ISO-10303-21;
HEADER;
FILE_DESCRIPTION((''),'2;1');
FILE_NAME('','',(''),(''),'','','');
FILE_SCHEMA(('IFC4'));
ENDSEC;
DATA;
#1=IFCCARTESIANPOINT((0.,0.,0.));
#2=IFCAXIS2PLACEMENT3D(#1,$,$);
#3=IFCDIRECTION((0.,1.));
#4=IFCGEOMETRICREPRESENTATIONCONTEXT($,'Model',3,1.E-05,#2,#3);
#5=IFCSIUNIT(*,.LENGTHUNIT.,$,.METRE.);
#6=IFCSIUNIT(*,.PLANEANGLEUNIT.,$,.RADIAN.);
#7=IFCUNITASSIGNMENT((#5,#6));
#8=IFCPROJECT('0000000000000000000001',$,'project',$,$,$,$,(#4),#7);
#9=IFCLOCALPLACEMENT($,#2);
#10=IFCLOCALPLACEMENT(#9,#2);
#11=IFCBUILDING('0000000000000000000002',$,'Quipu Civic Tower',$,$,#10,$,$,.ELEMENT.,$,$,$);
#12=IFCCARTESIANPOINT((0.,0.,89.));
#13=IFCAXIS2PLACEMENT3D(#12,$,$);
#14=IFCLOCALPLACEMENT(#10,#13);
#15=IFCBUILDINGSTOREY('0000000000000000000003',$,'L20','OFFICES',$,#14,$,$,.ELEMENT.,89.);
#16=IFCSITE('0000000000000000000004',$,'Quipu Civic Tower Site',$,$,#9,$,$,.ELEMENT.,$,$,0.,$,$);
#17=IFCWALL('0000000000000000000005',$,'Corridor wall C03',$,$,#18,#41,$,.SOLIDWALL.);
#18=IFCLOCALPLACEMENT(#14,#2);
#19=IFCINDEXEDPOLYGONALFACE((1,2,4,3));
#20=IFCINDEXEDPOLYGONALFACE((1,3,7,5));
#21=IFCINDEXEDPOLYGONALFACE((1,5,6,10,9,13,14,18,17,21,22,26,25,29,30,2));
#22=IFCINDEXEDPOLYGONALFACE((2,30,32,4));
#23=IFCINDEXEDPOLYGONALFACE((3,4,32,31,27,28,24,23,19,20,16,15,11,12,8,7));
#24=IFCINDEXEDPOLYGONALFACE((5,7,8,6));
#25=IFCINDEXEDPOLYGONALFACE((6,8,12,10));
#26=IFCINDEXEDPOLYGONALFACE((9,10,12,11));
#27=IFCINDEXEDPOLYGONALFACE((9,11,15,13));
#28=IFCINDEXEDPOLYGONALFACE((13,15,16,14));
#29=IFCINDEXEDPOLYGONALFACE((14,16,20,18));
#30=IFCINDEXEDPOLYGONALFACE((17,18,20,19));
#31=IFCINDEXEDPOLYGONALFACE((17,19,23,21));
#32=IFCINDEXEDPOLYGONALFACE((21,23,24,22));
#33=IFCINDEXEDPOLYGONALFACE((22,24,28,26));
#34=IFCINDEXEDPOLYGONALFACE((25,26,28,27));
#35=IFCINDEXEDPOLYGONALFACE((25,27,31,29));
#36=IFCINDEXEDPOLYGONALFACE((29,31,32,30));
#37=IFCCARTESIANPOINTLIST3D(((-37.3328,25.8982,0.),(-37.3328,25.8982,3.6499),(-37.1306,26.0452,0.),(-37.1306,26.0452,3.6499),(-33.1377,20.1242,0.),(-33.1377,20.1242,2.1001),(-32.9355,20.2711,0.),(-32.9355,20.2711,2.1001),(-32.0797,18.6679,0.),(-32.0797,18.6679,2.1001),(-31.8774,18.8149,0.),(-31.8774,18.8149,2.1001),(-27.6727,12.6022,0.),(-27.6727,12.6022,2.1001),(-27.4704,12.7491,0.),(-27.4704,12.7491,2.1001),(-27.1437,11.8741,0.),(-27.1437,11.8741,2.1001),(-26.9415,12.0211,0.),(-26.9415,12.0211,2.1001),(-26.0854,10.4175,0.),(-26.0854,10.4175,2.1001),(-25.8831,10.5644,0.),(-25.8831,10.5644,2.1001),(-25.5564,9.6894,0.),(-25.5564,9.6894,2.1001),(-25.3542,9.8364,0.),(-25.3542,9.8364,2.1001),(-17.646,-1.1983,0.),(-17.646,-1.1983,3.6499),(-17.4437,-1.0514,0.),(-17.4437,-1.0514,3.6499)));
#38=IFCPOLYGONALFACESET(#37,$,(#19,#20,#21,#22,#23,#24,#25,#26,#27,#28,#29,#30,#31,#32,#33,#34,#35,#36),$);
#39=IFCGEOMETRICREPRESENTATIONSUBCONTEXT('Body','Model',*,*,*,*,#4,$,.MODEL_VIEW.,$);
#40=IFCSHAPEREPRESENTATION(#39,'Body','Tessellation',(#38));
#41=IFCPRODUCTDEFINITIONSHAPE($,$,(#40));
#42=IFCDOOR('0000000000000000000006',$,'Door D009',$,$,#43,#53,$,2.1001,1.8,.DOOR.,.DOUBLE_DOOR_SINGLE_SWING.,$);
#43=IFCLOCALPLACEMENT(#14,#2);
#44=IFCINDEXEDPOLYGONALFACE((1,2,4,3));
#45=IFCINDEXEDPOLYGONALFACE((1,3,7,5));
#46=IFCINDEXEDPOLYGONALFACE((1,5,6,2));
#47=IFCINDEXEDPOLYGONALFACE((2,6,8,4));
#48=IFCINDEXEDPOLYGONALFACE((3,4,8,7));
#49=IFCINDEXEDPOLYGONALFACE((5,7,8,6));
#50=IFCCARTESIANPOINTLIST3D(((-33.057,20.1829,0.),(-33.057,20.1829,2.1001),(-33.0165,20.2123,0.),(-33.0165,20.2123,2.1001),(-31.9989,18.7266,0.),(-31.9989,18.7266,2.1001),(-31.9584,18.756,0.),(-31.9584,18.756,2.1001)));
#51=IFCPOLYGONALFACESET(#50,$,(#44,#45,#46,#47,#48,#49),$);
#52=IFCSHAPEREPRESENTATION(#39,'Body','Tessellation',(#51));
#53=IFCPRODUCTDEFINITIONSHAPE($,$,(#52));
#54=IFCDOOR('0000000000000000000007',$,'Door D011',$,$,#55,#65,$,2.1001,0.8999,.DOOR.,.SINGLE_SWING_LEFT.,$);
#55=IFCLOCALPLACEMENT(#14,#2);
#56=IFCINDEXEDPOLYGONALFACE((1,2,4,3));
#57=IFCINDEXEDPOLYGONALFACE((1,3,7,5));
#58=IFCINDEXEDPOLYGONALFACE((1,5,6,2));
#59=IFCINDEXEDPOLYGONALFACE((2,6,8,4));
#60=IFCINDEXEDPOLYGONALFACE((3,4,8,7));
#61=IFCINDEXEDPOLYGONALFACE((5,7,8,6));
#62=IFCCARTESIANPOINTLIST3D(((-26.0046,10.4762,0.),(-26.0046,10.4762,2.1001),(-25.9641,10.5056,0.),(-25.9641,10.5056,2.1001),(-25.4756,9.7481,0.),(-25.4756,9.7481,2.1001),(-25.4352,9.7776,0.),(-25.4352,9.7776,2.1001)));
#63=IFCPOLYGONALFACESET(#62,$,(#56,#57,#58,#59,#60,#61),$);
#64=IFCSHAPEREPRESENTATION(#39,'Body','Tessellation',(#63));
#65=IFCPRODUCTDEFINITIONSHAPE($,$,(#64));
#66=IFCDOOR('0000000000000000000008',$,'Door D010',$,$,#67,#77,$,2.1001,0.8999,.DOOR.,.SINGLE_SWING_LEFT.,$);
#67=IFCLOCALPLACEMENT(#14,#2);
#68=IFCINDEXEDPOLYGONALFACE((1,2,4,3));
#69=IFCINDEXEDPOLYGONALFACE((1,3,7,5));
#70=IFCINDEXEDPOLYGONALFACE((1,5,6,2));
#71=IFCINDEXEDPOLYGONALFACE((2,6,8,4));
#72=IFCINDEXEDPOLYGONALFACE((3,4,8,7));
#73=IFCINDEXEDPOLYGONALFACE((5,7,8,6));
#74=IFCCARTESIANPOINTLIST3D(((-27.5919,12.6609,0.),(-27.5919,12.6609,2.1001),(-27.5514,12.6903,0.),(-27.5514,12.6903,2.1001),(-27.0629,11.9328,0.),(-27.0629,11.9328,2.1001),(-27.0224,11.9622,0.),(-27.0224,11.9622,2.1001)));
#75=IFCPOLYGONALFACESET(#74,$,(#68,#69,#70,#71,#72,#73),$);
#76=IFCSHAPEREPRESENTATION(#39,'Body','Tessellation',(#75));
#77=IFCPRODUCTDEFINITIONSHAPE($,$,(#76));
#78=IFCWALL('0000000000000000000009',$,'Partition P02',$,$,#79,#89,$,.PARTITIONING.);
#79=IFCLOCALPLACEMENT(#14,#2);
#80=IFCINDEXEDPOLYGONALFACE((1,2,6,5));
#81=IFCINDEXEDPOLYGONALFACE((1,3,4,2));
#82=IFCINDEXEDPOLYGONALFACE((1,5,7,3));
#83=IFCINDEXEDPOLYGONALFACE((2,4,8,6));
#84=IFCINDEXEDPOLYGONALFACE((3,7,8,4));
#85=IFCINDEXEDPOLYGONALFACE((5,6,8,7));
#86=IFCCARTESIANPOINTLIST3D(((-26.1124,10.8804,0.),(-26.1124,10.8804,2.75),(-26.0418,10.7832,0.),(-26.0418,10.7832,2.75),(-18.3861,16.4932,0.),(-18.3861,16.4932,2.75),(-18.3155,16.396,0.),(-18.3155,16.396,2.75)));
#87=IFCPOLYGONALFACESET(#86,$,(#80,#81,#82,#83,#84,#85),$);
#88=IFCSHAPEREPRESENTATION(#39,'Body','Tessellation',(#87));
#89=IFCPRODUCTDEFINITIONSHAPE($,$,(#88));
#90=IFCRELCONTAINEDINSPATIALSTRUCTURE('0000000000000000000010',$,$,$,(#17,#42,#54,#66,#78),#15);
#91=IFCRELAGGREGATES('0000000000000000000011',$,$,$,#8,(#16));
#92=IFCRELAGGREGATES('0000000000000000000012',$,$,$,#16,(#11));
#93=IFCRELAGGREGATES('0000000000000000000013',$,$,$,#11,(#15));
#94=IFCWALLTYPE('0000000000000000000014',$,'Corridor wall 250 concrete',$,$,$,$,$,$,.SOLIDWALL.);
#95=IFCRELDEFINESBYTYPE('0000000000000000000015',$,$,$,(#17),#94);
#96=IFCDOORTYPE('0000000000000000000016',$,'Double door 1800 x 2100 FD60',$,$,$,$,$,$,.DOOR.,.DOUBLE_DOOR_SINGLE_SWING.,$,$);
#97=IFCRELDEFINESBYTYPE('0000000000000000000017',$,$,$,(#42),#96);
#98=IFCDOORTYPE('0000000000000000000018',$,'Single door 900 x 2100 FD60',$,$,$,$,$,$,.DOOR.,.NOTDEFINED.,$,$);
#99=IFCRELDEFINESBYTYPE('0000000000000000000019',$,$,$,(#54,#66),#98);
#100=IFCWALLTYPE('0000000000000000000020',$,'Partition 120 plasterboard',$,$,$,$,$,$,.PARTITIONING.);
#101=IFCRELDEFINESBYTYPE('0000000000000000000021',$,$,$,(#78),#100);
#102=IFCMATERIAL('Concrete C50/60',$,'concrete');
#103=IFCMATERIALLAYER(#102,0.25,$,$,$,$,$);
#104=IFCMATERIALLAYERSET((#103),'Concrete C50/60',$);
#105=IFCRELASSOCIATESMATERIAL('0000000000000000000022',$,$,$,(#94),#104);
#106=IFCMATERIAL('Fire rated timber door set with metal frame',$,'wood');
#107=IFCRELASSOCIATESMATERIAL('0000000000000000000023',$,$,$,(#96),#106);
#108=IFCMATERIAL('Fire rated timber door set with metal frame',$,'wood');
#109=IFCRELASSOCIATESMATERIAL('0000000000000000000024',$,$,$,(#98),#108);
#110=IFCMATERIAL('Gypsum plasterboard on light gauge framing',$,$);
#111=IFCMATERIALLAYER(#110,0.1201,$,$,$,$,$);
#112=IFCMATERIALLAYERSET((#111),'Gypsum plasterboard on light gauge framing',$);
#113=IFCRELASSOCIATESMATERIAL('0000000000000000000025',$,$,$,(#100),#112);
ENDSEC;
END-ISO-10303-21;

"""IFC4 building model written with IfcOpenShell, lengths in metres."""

from ifc_helpers import new_model, si_unit, direction, frame, frame_2d, origin, place, context, subcontext, project, spatial, rectangle, extrude, material, layer, layer_set, type_object, element, fill, save


model = new_model("IFC4")

# Units and contexts
model_context = context("Model", 3, precision=1e-05, world=origin(), true_north=direction((0.0, 1.0)))
body_context = subcontext(model_context, "Body", "Model", "MODEL_VIEW")
ifc_project = project(units=[si_unit("LENGTHUNIT", "METRE"), si_unit("PLANEANGLEUNIT", "RADIAN")], contexts=[model_context])

# Site, building, storey
site_placement = place(None, origin())
site = spatial("IfcSite", under=ifc_project, at=site_placement, Name="Quipu Civic Tower Site", CompositionType="ELEMENT", RefElevation=0.0)
building_placement = place(site_placement, origin())
building = spatial("IfcBuilding", under=site, at=building_placement, Name="Quipu Civic Tower", CompositionType="ELEMENT")
storey_placement = place(building_placement, frame((0.0, 0.0, 89.0)))
storey = spatial("IfcBuildingStorey", under=building, at=storey_placement, Name="L20", Description="OFFICES", CompositionType="ELEMENT", Elevation=89.0)

# Wall, openings, doors
ifc_material_1 = material(Name="Concrete C50/60", Category="concrete")
ifc_layer_1 = layer(ifc_material_1, 0.25)
ifc_layer_set_1 = layer_set([ifc_layer_1], Name="Concrete C50/60")
wall_type_1 = type_object("IfcWallType", Name="Corridor wall 250 concrete", PredefinedType="SOLIDWALL", material=ifc_layer_set_1)
wall_1_placement = place(storey_placement, frame((-37.2317, 25.9717, 0.0), z_axis=(0.0, 0.0, 1.0), x_axis=(0.587786, -0.809016, 0.0)))
wall_1 = element("IfcWall", 1, at=wall_1_placement, inside=storey, type_object=wall_type_1, Name="Corridor wall C03", PredefinedType="SOLIDWALL", context=body_context, shape_type="SweptSolid", body=[
    extrude(rectangle(XDim=33.4932, YDim=0.25, at=frame_2d((16.7466, 0.0))), origin(), (0.0, 0.0, 1.0), 3.6499),
])
opening_1_placement = place(wall_1_placement, frame((19.1353, 0.0, 0.0)))
opening_1 = element("IfcOpeningElement", 2, at=opening_1_placement, cuts=wall_1, PredefinedType="OPENING", context=body_context, shape_type="SweptSolid", body=[
    extrude(rectangle(XDim=0.8999, YDim=2.1001, at=frame_2d((0.45, 1.05))), frame((0.0, 0.135, 0.0), z_axis=(0.0, -1.0, 0.0), x_axis=(1.0, 0.0, 0.0)), (0.0, 0.0, 1.0), 0.27),
])
opening_2_placement = place(wall_1_placement, frame((7.1372, 0.0, 0.0)))
opening_2 = element("IfcOpeningElement", 3, at=opening_2_placement, cuts=wall_1, PredefinedType="OPENING", context=body_context, shape_type="SweptSolid", body=[
    extrude(rectangle(XDim=1.8, YDim=2.1001, at=frame_2d((0.8999, 1.05))), frame((0.0, 0.135, 0.0), z_axis=(0.0, -1.0, 0.0), x_axis=(1.0, 0.0, 0.0)), (0.0, 0.0, 1.0), 0.27),
])
opening_3_placement = place(wall_1_placement, frame((16.4348, 0.0, 0.0)))
opening_3 = element("IfcOpeningElement", 4, at=opening_3_placement, cuts=wall_1, PredefinedType="OPENING", context=body_context, shape_type="SweptSolid", body=[
    extrude(rectangle(XDim=0.8999, YDim=2.1001, at=frame_2d((0.45, 1.05))), frame((0.0, 0.135, 0.0), z_axis=(0.0, -1.0, 0.0), x_axis=(1.0, 0.0, 0.0)), (0.0, 0.0, 1.0), 0.27),
])
ifc_material_2 = material(Name="Fire rated timber door set with metal frame", Category="wood")
door_type_1 = type_object("IfcDoorType", Name="Double door 1800 x 2100 FD60", OperationType="DOUBLE_DOOR_SINGLE_SWING", PredefinedType="DOOR", material=ifc_material_2)
door_1_placement = place(opening_2_placement, origin())
door_1 = element("IfcDoor", 5, at=door_1_placement, inside=storey, type_object=door_type_1, Name="Door D009", OperationType="DOUBLE_DOOR_SINGLE_SWING", OverallHeight=2.1001, OverallWidth=1.8, PredefinedType="DOOR", context=body_context, shape_type="SweptSolid", body=[
    extrude(rectangle(XDim=1.8, YDim=2.1001, at=frame_2d((0.8999, 1.05))), frame((0.0, 0.0249, 0.0), z_axis=(0.0, -1.0, 0.0), x_axis=(1.0, 0.0, 0.0)), (0.0, 0.0, 1.0), 0.05),
])
fill(opening_2, door_1)
ifc_material_3 = material(Name="Fire rated timber door set with metal frame", Category="wood")
door_type_2 = type_object("IfcDoorType", Name="Single door 900 x 2100 FD60", OperationType="NOTDEFINED", PredefinedType="DOOR", material=ifc_material_3)
door_2_placement = place(opening_1_placement, origin())
door_2 = element("IfcDoor", 6, at=door_2_placement, inside=storey, type_object=door_type_2, Name="Door D011", OperationType="SINGLE_SWING_LEFT", OverallHeight=2.1001, OverallWidth=0.8999, PredefinedType="DOOR", context=body_context, shape_type="SweptSolid", body=[
    extrude(rectangle(XDim=0.8999, YDim=2.1001, at=frame_2d((0.45, 1.05))), frame((0.0, 0.0249, 0.0), z_axis=(0.0, -1.0, 0.0), x_axis=(1.0, 0.0, 0.0)), (0.0, 0.0, 1.0), 0.05),
])
fill(opening_1, door_2)
door_3_placement = place(opening_3_placement, origin())
door_3 = element("IfcDoor", 7, at=door_3_placement, inside=storey, type_object=door_type_2, Name="Door D010", OperationType="SINGLE_SWING_LEFT", OverallHeight=2.1001, OverallWidth=0.8999, PredefinedType="DOOR", context=body_context, shape_type="SweptSolid", body=[
    extrude(rectangle(XDim=0.8999, YDim=2.1001, at=frame_2d((0.45, 1.05))), frame((0.0, 0.0249, 0.0), z_axis=(0.0, -1.0, 0.0), x_axis=(1.0, 0.0, 0.0)), (0.0, 0.0, 1.0), 0.05),
])
fill(opening_3, door_3)

# Wall
ifc_material_4 = material(Name="Gypsum plasterboard on light gauge framing")
ifc_layer_2 = layer(ifc_material_4, 0.1201)
ifc_layer_set_2 = layer_set([ifc_layer_2], Name="Gypsum plasterboard on light gauge framing")
wall_type_2 = type_object("IfcWallType", Name="Partition 120 plasterboard", PredefinedType="PARTITIONING", material=ifc_layer_set_2)
wall_2_placement = place(storey_placement, frame((-18.3508, 16.4446, 0.0), z_axis=(0.0, 0.0, 1.0), x_axis=(-0.809052, -0.587737, 0.0)))
element("IfcWall", 8, at=wall_2_placement, inside=storey, type_object=wall_type_2, Name="Partition P02", PredefinedType="PARTITIONING", context=body_context, shape_type="SweptSolid", body=[
    extrude(rectangle(XDim=9.5498, YDim=0.1201, at=frame_2d((4.7749, 0.0))), origin(), (0.0, 0.0, 1.0), 2.75),
])

save(model, "model.ifc")
